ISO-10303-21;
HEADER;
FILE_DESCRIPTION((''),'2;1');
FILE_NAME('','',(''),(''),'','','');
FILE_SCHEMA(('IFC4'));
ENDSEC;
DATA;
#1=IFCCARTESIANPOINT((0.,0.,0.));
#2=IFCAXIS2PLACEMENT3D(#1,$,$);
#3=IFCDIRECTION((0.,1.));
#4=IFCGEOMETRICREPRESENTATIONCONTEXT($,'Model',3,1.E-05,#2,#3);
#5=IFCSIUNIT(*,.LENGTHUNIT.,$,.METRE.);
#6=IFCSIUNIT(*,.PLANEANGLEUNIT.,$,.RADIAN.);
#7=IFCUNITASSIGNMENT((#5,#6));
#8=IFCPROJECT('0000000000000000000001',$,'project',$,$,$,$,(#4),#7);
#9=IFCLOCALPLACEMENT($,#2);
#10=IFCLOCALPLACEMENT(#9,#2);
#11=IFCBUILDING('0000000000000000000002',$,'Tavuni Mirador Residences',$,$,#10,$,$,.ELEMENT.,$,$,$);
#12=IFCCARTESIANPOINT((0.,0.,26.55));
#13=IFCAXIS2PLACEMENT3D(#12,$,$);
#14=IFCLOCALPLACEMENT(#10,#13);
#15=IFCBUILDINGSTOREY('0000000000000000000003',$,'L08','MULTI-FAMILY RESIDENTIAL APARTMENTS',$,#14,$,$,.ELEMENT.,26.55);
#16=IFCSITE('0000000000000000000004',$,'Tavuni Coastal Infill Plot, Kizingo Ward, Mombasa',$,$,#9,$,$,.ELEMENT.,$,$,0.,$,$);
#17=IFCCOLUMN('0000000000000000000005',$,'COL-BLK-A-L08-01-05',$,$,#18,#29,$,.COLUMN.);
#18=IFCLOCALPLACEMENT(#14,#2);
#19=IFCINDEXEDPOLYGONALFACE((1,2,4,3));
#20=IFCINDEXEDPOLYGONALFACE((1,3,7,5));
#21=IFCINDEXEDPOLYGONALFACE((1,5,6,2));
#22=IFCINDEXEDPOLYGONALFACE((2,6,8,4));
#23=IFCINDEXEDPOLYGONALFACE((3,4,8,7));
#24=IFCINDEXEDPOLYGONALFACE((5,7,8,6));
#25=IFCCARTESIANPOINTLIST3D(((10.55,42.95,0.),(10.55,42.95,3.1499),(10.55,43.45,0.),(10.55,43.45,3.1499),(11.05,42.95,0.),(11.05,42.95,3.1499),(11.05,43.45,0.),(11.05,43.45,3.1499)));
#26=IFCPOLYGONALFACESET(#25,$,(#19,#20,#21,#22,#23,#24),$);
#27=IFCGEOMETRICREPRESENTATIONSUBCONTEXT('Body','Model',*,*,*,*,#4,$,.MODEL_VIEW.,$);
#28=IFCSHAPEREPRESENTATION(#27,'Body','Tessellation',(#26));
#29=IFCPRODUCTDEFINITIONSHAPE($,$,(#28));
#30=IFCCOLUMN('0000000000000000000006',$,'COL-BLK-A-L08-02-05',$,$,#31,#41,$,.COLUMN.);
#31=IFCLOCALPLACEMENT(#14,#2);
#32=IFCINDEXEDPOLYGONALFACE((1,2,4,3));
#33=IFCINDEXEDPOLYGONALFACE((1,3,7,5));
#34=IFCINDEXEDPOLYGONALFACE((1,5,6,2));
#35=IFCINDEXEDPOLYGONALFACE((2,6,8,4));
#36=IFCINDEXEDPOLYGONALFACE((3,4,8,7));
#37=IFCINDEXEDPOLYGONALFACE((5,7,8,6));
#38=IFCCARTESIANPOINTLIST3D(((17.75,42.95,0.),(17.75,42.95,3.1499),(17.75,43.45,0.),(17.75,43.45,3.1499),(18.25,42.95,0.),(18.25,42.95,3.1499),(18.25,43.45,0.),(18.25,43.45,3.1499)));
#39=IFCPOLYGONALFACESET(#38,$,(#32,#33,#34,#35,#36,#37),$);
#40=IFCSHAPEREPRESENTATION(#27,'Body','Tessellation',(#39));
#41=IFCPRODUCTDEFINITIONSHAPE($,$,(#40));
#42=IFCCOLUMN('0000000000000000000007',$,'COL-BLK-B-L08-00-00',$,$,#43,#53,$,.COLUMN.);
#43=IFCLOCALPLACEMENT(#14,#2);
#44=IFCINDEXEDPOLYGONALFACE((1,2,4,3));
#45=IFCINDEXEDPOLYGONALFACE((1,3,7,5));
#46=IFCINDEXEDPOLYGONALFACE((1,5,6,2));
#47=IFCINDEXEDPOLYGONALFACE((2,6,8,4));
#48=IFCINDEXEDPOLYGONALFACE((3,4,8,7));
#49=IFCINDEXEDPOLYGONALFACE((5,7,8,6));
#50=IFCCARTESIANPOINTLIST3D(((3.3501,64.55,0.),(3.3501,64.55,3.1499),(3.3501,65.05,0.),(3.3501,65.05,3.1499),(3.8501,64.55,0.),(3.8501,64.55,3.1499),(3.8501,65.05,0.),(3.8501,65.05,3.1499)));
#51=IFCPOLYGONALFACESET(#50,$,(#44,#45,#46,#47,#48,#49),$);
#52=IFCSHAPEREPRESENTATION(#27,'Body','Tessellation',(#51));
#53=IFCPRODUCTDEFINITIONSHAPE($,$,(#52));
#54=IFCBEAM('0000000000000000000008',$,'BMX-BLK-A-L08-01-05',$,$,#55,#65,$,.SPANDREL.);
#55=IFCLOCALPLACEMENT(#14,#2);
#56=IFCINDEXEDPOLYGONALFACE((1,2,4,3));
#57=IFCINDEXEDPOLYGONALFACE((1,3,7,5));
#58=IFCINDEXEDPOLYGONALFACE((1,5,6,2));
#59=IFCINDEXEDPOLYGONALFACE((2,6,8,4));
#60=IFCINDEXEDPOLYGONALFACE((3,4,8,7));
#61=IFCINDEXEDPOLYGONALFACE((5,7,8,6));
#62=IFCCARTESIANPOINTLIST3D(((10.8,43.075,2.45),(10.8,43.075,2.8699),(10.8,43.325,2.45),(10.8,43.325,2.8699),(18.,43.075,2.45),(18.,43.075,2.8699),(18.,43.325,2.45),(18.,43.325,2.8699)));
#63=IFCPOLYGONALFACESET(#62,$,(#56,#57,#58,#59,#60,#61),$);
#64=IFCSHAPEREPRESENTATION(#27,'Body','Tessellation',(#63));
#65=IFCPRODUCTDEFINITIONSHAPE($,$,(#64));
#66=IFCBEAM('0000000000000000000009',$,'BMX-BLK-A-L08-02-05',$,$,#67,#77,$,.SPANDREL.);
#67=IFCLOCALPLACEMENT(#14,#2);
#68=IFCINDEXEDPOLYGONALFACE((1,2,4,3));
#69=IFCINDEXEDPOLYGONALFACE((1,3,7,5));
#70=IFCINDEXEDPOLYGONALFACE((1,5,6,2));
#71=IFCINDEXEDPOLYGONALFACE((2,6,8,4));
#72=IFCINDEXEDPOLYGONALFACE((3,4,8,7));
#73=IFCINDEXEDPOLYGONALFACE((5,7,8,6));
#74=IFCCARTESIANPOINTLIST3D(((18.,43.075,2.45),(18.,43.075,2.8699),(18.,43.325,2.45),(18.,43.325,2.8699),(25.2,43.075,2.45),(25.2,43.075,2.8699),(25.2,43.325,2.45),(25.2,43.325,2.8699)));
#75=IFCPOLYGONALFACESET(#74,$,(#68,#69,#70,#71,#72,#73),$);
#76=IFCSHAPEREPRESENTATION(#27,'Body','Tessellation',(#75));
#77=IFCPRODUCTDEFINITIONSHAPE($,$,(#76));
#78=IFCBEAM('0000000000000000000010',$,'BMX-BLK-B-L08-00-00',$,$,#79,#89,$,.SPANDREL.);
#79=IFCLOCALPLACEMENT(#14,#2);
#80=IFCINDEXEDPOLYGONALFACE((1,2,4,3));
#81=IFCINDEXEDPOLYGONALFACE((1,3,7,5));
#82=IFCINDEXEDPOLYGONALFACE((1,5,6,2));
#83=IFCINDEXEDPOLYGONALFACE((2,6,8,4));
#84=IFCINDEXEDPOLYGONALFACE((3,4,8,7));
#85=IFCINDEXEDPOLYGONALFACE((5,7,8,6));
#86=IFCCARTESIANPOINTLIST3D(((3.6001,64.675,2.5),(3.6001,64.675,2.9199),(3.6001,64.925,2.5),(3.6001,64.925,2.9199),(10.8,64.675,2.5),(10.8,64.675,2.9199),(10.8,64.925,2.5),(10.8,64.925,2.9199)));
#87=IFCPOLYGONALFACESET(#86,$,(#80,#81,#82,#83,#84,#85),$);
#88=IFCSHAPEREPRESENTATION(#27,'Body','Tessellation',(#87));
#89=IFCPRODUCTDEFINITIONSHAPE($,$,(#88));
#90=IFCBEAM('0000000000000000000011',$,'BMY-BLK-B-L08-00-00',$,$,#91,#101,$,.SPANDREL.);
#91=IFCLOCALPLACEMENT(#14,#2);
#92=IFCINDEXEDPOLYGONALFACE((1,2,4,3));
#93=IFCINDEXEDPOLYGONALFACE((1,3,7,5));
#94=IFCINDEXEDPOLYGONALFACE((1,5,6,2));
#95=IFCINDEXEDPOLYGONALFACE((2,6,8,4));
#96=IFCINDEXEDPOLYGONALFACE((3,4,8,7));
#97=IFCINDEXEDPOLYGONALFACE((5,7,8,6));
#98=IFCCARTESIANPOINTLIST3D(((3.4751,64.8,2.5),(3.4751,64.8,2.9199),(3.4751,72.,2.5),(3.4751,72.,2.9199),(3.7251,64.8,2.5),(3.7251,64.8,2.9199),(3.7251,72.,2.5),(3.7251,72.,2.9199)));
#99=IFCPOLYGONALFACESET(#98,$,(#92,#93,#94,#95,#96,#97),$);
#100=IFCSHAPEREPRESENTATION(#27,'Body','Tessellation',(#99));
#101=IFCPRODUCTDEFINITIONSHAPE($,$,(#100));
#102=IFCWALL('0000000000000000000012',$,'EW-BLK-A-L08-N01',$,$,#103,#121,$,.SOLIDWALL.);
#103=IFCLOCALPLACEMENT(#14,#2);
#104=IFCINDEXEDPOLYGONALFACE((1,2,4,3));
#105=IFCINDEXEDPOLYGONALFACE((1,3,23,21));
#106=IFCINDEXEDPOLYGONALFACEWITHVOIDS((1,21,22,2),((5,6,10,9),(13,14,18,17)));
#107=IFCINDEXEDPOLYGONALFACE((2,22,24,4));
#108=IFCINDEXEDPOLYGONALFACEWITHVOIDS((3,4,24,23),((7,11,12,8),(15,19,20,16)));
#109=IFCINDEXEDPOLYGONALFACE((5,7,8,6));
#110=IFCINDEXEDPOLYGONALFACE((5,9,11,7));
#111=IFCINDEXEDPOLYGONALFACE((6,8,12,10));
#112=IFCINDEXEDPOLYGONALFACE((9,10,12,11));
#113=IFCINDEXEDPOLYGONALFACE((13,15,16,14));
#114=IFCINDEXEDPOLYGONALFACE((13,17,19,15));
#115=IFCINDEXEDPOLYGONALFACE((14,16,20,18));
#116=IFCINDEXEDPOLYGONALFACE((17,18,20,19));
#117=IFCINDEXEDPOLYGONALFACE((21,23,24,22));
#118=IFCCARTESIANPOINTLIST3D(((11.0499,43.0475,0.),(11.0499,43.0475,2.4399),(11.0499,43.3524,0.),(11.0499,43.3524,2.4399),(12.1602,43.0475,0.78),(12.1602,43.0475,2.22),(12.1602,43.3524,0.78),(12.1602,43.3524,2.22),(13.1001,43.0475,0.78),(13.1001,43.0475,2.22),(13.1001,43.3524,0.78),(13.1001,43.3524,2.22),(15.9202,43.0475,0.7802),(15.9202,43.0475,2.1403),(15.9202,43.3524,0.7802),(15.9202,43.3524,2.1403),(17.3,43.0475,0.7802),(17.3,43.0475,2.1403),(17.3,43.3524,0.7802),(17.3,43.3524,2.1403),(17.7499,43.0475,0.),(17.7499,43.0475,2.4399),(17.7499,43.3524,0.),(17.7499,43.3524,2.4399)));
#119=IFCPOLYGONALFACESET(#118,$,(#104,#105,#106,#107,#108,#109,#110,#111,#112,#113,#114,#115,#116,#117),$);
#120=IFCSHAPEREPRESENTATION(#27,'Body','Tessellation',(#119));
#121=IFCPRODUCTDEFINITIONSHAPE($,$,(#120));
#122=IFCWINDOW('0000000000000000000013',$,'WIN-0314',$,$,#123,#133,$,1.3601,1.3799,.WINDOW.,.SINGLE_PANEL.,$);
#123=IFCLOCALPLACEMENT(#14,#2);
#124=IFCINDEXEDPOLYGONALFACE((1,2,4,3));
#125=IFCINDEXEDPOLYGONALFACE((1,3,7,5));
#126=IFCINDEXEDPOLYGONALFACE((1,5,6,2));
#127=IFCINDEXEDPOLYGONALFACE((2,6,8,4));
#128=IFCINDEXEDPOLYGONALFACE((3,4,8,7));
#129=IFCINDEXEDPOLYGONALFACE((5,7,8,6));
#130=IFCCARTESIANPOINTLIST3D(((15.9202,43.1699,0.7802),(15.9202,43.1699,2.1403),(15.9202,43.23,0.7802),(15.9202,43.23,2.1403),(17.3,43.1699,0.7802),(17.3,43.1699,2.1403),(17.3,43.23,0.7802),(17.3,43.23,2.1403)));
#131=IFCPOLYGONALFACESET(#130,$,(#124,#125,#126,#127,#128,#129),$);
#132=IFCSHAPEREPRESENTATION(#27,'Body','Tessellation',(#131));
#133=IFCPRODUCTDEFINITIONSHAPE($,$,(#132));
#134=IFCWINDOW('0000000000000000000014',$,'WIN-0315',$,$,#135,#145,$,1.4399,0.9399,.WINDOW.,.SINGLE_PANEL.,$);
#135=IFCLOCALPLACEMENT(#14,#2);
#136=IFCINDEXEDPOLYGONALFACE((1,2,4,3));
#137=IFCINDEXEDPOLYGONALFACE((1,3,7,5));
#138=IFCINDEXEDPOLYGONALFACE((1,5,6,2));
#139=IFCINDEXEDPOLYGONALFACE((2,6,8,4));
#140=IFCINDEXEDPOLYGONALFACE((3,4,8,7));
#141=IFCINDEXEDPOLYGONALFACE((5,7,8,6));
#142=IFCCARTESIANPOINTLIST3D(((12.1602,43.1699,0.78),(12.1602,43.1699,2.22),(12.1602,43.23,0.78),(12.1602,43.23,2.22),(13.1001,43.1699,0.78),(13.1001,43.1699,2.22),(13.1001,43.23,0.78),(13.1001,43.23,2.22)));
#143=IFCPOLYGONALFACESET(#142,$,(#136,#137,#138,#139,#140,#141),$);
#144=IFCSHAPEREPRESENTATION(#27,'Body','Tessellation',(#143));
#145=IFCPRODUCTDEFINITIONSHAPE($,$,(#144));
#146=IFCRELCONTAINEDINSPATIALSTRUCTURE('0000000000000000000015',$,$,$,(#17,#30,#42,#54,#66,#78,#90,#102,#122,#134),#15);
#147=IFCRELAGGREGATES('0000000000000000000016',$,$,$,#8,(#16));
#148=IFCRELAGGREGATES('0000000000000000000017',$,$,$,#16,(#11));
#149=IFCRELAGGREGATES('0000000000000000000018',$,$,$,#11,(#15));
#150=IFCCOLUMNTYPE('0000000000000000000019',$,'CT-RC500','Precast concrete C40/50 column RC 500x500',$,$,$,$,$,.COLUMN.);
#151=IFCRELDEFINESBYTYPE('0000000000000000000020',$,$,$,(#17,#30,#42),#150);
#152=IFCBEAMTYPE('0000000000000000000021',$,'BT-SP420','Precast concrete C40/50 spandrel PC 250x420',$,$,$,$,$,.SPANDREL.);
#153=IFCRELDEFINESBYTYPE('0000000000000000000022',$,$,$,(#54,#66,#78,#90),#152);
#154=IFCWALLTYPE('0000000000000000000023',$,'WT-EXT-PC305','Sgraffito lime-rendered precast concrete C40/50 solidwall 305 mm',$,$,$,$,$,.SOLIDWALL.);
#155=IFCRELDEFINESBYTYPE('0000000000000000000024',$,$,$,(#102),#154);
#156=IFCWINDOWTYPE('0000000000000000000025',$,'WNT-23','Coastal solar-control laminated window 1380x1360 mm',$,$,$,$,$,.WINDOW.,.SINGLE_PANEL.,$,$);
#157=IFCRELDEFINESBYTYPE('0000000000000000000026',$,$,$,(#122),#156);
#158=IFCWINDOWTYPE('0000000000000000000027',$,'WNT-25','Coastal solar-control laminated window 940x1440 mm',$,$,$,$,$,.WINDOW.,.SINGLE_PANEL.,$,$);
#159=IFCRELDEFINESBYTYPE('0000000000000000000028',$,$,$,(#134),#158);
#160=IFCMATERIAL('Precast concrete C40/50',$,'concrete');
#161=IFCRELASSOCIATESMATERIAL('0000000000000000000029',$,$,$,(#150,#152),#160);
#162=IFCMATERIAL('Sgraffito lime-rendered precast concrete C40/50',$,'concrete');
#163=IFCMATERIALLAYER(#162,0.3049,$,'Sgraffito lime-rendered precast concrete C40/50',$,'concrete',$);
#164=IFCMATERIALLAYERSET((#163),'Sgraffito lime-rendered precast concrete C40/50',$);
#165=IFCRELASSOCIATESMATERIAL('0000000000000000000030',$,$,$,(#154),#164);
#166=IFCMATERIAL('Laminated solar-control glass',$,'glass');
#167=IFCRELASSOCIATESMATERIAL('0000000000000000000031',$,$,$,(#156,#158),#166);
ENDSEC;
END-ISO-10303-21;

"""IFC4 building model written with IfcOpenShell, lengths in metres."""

from ifc_helpers import new_model, si_unit, direction, frame, frame_2d, origin, origin_2d, place, context, subcontext, project, spatial, rectangle, extrude, material, layer, layer_set, material_profile, profile_set, type_object, element, fill, save


model = new_model("IFC4")

# Units and contexts
model_context = context("Model", 3, precision=1e-05, world=origin(), true_north=direction((0.0, 1.0)))
body_context = subcontext(model_context, "Body", "Model", "MODEL_VIEW")
ifc_project = project(units=[si_unit("LENGTHUNIT", "METRE"), si_unit("PLANEANGLEUNIT", "RADIAN")], contexts=[model_context])

# Site, building, storey
site_placement = place(None, origin())
site = spatial("IfcSite", under=ifc_project, at=site_placement, Name="Tavuni Coastal Infill Plot, Kizingo Ward, Mombasa", CompositionType="ELEMENT", RefElevation=0.0)
building_placement = place(site_placement, origin())
building = spatial("IfcBuilding", under=site, at=building_placement, Name="Tavuni Mirador Residences", CompositionType="ELEMENT")
storey_placement = place(building_placement, frame((0.0, 0.0, 26.55)))
storey = spatial("IfcBuildingStorey", under=building, at=storey_placement, Name="L08", Description="MULTI-FAMILY RESIDENTIAL APARTMENTS", CompositionType="ELEMENT", Elevation=26.55)

# Columns
ifc_material_1 = material(Name="Precast concrete C40/50", Category="concrete")
ifc_material_profile_1 = material_profile(ifc_material_1, rectangle(XDim=0.5, YDim=0.5, at=origin_2d()), Name="RC 500x500", Category="concrete")
ifc_profile_set_1 = profile_set([ifc_material_profile_1], Name="Precast concrete C40/50")
column_type = type_object("IfcColumnType", Name="CT-RC500", Description="Precast concrete C40/50 column RC 500x500", PredefinedType="COLUMN", material=ifc_profile_set_1)
for number, where, z_axis, x_axis, name in (
    (1, (10.8, 43.2, 0.0), (0.0, 0.0, 1.0), (1.0, 0.0, 0.0), "COL-BLK-A-L08-01-05"),
    (2, (18.0, 43.2, 0.0), (0.0, 0.0, 1.0), (1.0, 0.0, 0.0), "COL-BLK-A-L08-02-05"),
    (3, (3.6001, 64.8, 0.0), (0.0, 0.0, 1.0), (1.0, 0.0, 0.0), "COL-BLK-B-L08-00-00"),
):
    element("IfcColumn", number, at=place(storey_placement, frame(where, z_axis=z_axis, x_axis=x_axis)), inside=storey, type_object=column_type, Name=name, PredefinedType="COLUMN", context=body_context, shape_type="SweptSolid", body=[
        extrude(rectangle(XDim=0.5, YDim=0.5, at=origin_2d()), origin(), (0.0, 0.0, 1.0), 3.1499),
    ])

# Beams
ifc_material_profile_2 = material_profile(ifc_material_1, rectangle(XDim=0.25, YDim=0.4199, at=origin_2d()), Name="PC 250x420", Category="concrete")
ifc_profile_set_2 = profile_set([ifc_material_profile_2], Name="Precast concrete C40/50")
beam_type = type_object("IfcBeamType", Name="BT-SP420", Description="Precast concrete C40/50 spandrel PC 250x420", PredefinedType="SPANDREL", material=ifc_profile_set_2)
for number, where, z_axis, x_axis, name in (
    (4, (10.8, 43.2, 2.6599), (1.0, 0.0, 0.0), (0.0, 1.0, 0.0), "BMX-BLK-A-L08-01-05"),
    (5, (18.0, 43.2, 2.6599), (1.0, 0.0, 0.0), (0.0, 1.0, 0.0), "BMX-BLK-A-L08-02-05"),
    (6, (3.6001, 64.8, 2.71), (1.0, 0.0, 0.0), (0.0, 1.0, 0.0), "BMX-BLK-B-L08-00-00"),
    (7, (3.6001, 64.8, 2.71), (0.0, 1.0, 0.0), (-1.0, 0.0, 0.0), "BMY-BLK-B-L08-00-00"),
):
    element("IfcBeam", number, at=place(storey_placement, frame(where, z_axis=z_axis, x_axis=x_axis)), inside=storey, type_object=beam_type, Name=name, PredefinedType="SPANDREL", context=body_context, shape_type="SweptSolid", body=[
        extrude(rectangle(XDim=0.25, YDim=0.4199, at=origin_2d()), origin(), (0.0, 0.0, 1.0), 7.2),
    ])

# Wall, openings, windows
ifc_material_2 = material(Name="Sgraffito lime-rendered precast concrete C40/50", Category="concrete")
ifc_layer_1 = layer(ifc_material_2, 0.3049, Name="Sgraffito lime-rendered precast concrete C40/50", Category="concrete")
ifc_layer_set_1 = layer_set([ifc_layer_1], Name="Sgraffito lime-rendered precast concrete C40/50")
wall_type_1 = type_object("IfcWallType", Name="WT-EXT-PC305", Description="Sgraffito lime-rendered precast concrete C40/50 solidwall 305 mm", PredefinedType="SOLIDWALL", material=ifc_layer_set_1)
wall_1_placement = place(storey_placement, frame((17.75, 43.2, 0.0), z_axis=(0.0, 0.0, 1.0), x_axis=(-1.0, 0.0, 0.0)))
wall_1 = element("IfcWall", 8, at=wall_1_placement, inside=storey, type_object=wall_type_1, Name="EW-BLK-A-L08-N01", PredefinedType="SOLIDWALL", context=body_context, shape_type="SweptSolid", body=[
    extrude(rectangle(XDim=6.7, YDim=0.3049, at=frame_2d((3.3501, 0.0))), origin(), (0.0, 0.0, 1.0), 2.4399),
])
opening_1_placement = place(wall_1_placement, frame((0.45, 0.0, 0.78)))
opening_1 = element("IfcOpeningElement", 9, at=opening_1_placement, cuts=wall_1, PredefinedType="OPENING", context=body_context, shape_type="SweptSolid", body=[
    extrude(rectangle(XDim=1.3799, YDim=1.3601, at=frame_2d((0.6899, 0.6802))), frame((0.0, 0.1626, 0.0), z_axis=(0.0, -1.0, 0.0), x_axis=(1.0, 0.0, 0.0)), (0.0, 0.0, 1.0), 0.325),
])
opening_2_placement = place(wall_1_placement, frame((4.6499, 0.0, 0.78)))
opening_2 = element("IfcOpeningElement", 10, at=opening_2_placement, cuts=wall_1, PredefinedType="OPENING", context=body_context, shape_type="SweptSolid", body=[
    extrude(rectangle(XDim=0.9399, YDim=1.4399, at=frame_2d((0.47, 0.72))), frame((0.0, 0.1626, 0.0), z_axis=(0.0, -1.0, 0.0), x_axis=(1.0, 0.0, 0.0)), (0.0, 0.0, 1.0), 0.325),
])
ifc_material_3 = material(Name="Laminated solar-control glass", Category="glass")
window_type_1 = type_object("IfcWindowType", Name="WNT-23", Description="Coastal solar-control laminated window 1380x1360 mm", PartitioningType="SINGLE_PANEL", PredefinedType="WINDOW", material=ifc_material_3)
window_1_placement = place(opening_1_placement, origin())
window_1 = element("IfcWindow", 11, at=window_1_placement, inside=storey, type_object=window_type_1, Name="WIN-0314", OverallHeight=1.3601, OverallWidth=1.3799, PartitioningType="SINGLE_PANEL", PredefinedType="WINDOW", context=body_context, shape_type="SweptSolid", body=[
    extrude(rectangle(XDim=1.3799, YDim=1.3601, at=frame_2d((0.6899, 0.6802))), frame((0.0, 0.03, 0.0), z_axis=(0.0, -1.0, 0.0), x_axis=(1.0, 0.0, 0.0)), (0.0, 0.0, 1.0), 0.0601),
])
fill(opening_1, window_1)
window_type_2 = type_object("IfcWindowType", Name="WNT-25", Description="Coastal solar-control laminated window 940x1440 mm", PartitioningType="SINGLE_PANEL", PredefinedType="WINDOW", material=ifc_material_3)
window_2_placement = place(opening_2_placement, origin())
window_2 = element("IfcWindow", 12, at=window_2_placement, inside=storey, type_object=window_type_2, Name="WIN-0315", OverallHeight=1.4399, OverallWidth=0.9399, PartitioningType="SINGLE_PANEL", PredefinedType="WINDOW", context=body_context, shape_type="SweptSolid", body=[
    extrude(rectangle(XDim=0.9399, YDim=1.4399, at=frame_2d((0.47, 0.72))), frame((0.0, 0.03, 0.0), z_axis=(0.0, -1.0, 0.0), x_axis=(1.0, 0.0, 0.0)), (0.0, 0.0, 1.0), 0.0601),
])
fill(opening_2, window_2)

save(model, "model.ifc")
